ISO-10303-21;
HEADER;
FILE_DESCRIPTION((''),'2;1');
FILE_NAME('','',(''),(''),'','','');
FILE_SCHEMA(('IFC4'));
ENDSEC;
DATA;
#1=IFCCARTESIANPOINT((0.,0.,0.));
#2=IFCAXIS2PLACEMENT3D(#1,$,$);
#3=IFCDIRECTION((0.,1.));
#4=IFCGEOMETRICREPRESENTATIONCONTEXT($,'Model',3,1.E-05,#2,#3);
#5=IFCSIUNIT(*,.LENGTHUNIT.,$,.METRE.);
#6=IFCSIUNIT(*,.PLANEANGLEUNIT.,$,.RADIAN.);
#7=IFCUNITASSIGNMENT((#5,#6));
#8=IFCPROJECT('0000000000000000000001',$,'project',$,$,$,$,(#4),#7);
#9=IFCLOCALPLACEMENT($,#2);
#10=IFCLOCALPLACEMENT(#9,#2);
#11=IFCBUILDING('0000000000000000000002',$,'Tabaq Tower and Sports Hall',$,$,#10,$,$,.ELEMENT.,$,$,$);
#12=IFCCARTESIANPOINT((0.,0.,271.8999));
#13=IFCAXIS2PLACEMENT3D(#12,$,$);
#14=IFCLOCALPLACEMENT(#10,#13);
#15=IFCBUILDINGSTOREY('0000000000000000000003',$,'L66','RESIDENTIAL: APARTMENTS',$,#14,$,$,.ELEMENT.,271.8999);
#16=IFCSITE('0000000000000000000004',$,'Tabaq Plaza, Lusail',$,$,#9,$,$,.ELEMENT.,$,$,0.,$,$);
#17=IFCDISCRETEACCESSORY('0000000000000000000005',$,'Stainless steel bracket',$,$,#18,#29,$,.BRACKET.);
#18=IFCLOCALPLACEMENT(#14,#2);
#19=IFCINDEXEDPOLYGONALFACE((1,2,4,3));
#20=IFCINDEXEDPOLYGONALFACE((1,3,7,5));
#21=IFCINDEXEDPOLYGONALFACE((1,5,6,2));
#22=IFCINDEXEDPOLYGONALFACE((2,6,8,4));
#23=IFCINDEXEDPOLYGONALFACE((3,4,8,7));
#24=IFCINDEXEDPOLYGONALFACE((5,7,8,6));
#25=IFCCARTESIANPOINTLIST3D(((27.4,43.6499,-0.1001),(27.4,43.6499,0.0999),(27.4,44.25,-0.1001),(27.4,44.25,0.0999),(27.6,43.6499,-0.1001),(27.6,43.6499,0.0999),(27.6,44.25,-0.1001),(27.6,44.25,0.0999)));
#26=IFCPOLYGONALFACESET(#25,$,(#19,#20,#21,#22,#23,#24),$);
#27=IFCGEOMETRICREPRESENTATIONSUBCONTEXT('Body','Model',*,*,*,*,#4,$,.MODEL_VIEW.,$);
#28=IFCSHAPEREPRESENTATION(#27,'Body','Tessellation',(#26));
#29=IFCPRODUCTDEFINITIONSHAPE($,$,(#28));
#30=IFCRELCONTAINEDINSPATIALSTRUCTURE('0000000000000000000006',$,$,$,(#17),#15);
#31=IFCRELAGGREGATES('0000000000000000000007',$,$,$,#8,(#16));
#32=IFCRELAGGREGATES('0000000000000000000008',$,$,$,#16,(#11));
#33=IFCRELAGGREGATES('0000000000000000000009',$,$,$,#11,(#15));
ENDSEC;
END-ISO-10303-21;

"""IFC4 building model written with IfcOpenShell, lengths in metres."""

from ifc_helpers import new_model, si_unit, direction, frame, origin, origin_2d, place, context, subcontext, project, spatial, rectangle, extrude, element, save


model = new_model("IFC4")

# Units and contexts
model_context = context("Model", 3, precision=1e-05, world=origin(), true_north=direction((0.0, 1.0)))
body_context = subcontext(model_context, "Body", "Model", "MODEL_VIEW")
ifc_project = project(units=[si_unit("LENGTHUNIT", "METRE"), si_unit("PLANEANGLEUNIT", "RADIAN")], contexts=[model_context])

# Site, building, storey
site_placement = place(None, origin())
site = spatial("IfcSite", under=ifc_project, at=site_placement, Name="Tabaq Plaza, Lusail", CompositionType="ELEMENT", RefElevation=0.0)
building_placement = place(site_placement, origin())
building = spatial("IfcBuilding", under=site, at=building_placement, Name="Tabaq Tower and Sports Hall", CompositionType="ELEMENT")
storey_placement = place(building_placement, frame((0.0, 0.0, 271.8999)))
storey = spatial("IfcBuildingStorey", under=building, at=storey_placement, Name="L66", Description="RESIDENTIAL: APARTMENTS", CompositionType="ELEMENT", Elevation=271.8999)

# Discrete accessory
for number, where, z_axis, x_axis, name in (
    (1, (27.5, 43.95, -0.1001), (0.0, 0.0, 1.0), (0.0, 1.0, 0.0), "Stainless steel bracket"),
):
    element("IfcDiscreteAccessory", number, at=place(storey_placement, frame(where, z_axis=z_axis, x_axis=x_axis)), inside=storey, Name=name, PredefinedType="BRACKET", context=body_context, shape_type="SweptSolid", body=[
        extrude(rectangle(XDim=0.6001, YDim=0.2, at=origin_2d()), origin(), (0.0, 0.0, 1.0), 0.2),
    ])

save(model, "model.ifc")
